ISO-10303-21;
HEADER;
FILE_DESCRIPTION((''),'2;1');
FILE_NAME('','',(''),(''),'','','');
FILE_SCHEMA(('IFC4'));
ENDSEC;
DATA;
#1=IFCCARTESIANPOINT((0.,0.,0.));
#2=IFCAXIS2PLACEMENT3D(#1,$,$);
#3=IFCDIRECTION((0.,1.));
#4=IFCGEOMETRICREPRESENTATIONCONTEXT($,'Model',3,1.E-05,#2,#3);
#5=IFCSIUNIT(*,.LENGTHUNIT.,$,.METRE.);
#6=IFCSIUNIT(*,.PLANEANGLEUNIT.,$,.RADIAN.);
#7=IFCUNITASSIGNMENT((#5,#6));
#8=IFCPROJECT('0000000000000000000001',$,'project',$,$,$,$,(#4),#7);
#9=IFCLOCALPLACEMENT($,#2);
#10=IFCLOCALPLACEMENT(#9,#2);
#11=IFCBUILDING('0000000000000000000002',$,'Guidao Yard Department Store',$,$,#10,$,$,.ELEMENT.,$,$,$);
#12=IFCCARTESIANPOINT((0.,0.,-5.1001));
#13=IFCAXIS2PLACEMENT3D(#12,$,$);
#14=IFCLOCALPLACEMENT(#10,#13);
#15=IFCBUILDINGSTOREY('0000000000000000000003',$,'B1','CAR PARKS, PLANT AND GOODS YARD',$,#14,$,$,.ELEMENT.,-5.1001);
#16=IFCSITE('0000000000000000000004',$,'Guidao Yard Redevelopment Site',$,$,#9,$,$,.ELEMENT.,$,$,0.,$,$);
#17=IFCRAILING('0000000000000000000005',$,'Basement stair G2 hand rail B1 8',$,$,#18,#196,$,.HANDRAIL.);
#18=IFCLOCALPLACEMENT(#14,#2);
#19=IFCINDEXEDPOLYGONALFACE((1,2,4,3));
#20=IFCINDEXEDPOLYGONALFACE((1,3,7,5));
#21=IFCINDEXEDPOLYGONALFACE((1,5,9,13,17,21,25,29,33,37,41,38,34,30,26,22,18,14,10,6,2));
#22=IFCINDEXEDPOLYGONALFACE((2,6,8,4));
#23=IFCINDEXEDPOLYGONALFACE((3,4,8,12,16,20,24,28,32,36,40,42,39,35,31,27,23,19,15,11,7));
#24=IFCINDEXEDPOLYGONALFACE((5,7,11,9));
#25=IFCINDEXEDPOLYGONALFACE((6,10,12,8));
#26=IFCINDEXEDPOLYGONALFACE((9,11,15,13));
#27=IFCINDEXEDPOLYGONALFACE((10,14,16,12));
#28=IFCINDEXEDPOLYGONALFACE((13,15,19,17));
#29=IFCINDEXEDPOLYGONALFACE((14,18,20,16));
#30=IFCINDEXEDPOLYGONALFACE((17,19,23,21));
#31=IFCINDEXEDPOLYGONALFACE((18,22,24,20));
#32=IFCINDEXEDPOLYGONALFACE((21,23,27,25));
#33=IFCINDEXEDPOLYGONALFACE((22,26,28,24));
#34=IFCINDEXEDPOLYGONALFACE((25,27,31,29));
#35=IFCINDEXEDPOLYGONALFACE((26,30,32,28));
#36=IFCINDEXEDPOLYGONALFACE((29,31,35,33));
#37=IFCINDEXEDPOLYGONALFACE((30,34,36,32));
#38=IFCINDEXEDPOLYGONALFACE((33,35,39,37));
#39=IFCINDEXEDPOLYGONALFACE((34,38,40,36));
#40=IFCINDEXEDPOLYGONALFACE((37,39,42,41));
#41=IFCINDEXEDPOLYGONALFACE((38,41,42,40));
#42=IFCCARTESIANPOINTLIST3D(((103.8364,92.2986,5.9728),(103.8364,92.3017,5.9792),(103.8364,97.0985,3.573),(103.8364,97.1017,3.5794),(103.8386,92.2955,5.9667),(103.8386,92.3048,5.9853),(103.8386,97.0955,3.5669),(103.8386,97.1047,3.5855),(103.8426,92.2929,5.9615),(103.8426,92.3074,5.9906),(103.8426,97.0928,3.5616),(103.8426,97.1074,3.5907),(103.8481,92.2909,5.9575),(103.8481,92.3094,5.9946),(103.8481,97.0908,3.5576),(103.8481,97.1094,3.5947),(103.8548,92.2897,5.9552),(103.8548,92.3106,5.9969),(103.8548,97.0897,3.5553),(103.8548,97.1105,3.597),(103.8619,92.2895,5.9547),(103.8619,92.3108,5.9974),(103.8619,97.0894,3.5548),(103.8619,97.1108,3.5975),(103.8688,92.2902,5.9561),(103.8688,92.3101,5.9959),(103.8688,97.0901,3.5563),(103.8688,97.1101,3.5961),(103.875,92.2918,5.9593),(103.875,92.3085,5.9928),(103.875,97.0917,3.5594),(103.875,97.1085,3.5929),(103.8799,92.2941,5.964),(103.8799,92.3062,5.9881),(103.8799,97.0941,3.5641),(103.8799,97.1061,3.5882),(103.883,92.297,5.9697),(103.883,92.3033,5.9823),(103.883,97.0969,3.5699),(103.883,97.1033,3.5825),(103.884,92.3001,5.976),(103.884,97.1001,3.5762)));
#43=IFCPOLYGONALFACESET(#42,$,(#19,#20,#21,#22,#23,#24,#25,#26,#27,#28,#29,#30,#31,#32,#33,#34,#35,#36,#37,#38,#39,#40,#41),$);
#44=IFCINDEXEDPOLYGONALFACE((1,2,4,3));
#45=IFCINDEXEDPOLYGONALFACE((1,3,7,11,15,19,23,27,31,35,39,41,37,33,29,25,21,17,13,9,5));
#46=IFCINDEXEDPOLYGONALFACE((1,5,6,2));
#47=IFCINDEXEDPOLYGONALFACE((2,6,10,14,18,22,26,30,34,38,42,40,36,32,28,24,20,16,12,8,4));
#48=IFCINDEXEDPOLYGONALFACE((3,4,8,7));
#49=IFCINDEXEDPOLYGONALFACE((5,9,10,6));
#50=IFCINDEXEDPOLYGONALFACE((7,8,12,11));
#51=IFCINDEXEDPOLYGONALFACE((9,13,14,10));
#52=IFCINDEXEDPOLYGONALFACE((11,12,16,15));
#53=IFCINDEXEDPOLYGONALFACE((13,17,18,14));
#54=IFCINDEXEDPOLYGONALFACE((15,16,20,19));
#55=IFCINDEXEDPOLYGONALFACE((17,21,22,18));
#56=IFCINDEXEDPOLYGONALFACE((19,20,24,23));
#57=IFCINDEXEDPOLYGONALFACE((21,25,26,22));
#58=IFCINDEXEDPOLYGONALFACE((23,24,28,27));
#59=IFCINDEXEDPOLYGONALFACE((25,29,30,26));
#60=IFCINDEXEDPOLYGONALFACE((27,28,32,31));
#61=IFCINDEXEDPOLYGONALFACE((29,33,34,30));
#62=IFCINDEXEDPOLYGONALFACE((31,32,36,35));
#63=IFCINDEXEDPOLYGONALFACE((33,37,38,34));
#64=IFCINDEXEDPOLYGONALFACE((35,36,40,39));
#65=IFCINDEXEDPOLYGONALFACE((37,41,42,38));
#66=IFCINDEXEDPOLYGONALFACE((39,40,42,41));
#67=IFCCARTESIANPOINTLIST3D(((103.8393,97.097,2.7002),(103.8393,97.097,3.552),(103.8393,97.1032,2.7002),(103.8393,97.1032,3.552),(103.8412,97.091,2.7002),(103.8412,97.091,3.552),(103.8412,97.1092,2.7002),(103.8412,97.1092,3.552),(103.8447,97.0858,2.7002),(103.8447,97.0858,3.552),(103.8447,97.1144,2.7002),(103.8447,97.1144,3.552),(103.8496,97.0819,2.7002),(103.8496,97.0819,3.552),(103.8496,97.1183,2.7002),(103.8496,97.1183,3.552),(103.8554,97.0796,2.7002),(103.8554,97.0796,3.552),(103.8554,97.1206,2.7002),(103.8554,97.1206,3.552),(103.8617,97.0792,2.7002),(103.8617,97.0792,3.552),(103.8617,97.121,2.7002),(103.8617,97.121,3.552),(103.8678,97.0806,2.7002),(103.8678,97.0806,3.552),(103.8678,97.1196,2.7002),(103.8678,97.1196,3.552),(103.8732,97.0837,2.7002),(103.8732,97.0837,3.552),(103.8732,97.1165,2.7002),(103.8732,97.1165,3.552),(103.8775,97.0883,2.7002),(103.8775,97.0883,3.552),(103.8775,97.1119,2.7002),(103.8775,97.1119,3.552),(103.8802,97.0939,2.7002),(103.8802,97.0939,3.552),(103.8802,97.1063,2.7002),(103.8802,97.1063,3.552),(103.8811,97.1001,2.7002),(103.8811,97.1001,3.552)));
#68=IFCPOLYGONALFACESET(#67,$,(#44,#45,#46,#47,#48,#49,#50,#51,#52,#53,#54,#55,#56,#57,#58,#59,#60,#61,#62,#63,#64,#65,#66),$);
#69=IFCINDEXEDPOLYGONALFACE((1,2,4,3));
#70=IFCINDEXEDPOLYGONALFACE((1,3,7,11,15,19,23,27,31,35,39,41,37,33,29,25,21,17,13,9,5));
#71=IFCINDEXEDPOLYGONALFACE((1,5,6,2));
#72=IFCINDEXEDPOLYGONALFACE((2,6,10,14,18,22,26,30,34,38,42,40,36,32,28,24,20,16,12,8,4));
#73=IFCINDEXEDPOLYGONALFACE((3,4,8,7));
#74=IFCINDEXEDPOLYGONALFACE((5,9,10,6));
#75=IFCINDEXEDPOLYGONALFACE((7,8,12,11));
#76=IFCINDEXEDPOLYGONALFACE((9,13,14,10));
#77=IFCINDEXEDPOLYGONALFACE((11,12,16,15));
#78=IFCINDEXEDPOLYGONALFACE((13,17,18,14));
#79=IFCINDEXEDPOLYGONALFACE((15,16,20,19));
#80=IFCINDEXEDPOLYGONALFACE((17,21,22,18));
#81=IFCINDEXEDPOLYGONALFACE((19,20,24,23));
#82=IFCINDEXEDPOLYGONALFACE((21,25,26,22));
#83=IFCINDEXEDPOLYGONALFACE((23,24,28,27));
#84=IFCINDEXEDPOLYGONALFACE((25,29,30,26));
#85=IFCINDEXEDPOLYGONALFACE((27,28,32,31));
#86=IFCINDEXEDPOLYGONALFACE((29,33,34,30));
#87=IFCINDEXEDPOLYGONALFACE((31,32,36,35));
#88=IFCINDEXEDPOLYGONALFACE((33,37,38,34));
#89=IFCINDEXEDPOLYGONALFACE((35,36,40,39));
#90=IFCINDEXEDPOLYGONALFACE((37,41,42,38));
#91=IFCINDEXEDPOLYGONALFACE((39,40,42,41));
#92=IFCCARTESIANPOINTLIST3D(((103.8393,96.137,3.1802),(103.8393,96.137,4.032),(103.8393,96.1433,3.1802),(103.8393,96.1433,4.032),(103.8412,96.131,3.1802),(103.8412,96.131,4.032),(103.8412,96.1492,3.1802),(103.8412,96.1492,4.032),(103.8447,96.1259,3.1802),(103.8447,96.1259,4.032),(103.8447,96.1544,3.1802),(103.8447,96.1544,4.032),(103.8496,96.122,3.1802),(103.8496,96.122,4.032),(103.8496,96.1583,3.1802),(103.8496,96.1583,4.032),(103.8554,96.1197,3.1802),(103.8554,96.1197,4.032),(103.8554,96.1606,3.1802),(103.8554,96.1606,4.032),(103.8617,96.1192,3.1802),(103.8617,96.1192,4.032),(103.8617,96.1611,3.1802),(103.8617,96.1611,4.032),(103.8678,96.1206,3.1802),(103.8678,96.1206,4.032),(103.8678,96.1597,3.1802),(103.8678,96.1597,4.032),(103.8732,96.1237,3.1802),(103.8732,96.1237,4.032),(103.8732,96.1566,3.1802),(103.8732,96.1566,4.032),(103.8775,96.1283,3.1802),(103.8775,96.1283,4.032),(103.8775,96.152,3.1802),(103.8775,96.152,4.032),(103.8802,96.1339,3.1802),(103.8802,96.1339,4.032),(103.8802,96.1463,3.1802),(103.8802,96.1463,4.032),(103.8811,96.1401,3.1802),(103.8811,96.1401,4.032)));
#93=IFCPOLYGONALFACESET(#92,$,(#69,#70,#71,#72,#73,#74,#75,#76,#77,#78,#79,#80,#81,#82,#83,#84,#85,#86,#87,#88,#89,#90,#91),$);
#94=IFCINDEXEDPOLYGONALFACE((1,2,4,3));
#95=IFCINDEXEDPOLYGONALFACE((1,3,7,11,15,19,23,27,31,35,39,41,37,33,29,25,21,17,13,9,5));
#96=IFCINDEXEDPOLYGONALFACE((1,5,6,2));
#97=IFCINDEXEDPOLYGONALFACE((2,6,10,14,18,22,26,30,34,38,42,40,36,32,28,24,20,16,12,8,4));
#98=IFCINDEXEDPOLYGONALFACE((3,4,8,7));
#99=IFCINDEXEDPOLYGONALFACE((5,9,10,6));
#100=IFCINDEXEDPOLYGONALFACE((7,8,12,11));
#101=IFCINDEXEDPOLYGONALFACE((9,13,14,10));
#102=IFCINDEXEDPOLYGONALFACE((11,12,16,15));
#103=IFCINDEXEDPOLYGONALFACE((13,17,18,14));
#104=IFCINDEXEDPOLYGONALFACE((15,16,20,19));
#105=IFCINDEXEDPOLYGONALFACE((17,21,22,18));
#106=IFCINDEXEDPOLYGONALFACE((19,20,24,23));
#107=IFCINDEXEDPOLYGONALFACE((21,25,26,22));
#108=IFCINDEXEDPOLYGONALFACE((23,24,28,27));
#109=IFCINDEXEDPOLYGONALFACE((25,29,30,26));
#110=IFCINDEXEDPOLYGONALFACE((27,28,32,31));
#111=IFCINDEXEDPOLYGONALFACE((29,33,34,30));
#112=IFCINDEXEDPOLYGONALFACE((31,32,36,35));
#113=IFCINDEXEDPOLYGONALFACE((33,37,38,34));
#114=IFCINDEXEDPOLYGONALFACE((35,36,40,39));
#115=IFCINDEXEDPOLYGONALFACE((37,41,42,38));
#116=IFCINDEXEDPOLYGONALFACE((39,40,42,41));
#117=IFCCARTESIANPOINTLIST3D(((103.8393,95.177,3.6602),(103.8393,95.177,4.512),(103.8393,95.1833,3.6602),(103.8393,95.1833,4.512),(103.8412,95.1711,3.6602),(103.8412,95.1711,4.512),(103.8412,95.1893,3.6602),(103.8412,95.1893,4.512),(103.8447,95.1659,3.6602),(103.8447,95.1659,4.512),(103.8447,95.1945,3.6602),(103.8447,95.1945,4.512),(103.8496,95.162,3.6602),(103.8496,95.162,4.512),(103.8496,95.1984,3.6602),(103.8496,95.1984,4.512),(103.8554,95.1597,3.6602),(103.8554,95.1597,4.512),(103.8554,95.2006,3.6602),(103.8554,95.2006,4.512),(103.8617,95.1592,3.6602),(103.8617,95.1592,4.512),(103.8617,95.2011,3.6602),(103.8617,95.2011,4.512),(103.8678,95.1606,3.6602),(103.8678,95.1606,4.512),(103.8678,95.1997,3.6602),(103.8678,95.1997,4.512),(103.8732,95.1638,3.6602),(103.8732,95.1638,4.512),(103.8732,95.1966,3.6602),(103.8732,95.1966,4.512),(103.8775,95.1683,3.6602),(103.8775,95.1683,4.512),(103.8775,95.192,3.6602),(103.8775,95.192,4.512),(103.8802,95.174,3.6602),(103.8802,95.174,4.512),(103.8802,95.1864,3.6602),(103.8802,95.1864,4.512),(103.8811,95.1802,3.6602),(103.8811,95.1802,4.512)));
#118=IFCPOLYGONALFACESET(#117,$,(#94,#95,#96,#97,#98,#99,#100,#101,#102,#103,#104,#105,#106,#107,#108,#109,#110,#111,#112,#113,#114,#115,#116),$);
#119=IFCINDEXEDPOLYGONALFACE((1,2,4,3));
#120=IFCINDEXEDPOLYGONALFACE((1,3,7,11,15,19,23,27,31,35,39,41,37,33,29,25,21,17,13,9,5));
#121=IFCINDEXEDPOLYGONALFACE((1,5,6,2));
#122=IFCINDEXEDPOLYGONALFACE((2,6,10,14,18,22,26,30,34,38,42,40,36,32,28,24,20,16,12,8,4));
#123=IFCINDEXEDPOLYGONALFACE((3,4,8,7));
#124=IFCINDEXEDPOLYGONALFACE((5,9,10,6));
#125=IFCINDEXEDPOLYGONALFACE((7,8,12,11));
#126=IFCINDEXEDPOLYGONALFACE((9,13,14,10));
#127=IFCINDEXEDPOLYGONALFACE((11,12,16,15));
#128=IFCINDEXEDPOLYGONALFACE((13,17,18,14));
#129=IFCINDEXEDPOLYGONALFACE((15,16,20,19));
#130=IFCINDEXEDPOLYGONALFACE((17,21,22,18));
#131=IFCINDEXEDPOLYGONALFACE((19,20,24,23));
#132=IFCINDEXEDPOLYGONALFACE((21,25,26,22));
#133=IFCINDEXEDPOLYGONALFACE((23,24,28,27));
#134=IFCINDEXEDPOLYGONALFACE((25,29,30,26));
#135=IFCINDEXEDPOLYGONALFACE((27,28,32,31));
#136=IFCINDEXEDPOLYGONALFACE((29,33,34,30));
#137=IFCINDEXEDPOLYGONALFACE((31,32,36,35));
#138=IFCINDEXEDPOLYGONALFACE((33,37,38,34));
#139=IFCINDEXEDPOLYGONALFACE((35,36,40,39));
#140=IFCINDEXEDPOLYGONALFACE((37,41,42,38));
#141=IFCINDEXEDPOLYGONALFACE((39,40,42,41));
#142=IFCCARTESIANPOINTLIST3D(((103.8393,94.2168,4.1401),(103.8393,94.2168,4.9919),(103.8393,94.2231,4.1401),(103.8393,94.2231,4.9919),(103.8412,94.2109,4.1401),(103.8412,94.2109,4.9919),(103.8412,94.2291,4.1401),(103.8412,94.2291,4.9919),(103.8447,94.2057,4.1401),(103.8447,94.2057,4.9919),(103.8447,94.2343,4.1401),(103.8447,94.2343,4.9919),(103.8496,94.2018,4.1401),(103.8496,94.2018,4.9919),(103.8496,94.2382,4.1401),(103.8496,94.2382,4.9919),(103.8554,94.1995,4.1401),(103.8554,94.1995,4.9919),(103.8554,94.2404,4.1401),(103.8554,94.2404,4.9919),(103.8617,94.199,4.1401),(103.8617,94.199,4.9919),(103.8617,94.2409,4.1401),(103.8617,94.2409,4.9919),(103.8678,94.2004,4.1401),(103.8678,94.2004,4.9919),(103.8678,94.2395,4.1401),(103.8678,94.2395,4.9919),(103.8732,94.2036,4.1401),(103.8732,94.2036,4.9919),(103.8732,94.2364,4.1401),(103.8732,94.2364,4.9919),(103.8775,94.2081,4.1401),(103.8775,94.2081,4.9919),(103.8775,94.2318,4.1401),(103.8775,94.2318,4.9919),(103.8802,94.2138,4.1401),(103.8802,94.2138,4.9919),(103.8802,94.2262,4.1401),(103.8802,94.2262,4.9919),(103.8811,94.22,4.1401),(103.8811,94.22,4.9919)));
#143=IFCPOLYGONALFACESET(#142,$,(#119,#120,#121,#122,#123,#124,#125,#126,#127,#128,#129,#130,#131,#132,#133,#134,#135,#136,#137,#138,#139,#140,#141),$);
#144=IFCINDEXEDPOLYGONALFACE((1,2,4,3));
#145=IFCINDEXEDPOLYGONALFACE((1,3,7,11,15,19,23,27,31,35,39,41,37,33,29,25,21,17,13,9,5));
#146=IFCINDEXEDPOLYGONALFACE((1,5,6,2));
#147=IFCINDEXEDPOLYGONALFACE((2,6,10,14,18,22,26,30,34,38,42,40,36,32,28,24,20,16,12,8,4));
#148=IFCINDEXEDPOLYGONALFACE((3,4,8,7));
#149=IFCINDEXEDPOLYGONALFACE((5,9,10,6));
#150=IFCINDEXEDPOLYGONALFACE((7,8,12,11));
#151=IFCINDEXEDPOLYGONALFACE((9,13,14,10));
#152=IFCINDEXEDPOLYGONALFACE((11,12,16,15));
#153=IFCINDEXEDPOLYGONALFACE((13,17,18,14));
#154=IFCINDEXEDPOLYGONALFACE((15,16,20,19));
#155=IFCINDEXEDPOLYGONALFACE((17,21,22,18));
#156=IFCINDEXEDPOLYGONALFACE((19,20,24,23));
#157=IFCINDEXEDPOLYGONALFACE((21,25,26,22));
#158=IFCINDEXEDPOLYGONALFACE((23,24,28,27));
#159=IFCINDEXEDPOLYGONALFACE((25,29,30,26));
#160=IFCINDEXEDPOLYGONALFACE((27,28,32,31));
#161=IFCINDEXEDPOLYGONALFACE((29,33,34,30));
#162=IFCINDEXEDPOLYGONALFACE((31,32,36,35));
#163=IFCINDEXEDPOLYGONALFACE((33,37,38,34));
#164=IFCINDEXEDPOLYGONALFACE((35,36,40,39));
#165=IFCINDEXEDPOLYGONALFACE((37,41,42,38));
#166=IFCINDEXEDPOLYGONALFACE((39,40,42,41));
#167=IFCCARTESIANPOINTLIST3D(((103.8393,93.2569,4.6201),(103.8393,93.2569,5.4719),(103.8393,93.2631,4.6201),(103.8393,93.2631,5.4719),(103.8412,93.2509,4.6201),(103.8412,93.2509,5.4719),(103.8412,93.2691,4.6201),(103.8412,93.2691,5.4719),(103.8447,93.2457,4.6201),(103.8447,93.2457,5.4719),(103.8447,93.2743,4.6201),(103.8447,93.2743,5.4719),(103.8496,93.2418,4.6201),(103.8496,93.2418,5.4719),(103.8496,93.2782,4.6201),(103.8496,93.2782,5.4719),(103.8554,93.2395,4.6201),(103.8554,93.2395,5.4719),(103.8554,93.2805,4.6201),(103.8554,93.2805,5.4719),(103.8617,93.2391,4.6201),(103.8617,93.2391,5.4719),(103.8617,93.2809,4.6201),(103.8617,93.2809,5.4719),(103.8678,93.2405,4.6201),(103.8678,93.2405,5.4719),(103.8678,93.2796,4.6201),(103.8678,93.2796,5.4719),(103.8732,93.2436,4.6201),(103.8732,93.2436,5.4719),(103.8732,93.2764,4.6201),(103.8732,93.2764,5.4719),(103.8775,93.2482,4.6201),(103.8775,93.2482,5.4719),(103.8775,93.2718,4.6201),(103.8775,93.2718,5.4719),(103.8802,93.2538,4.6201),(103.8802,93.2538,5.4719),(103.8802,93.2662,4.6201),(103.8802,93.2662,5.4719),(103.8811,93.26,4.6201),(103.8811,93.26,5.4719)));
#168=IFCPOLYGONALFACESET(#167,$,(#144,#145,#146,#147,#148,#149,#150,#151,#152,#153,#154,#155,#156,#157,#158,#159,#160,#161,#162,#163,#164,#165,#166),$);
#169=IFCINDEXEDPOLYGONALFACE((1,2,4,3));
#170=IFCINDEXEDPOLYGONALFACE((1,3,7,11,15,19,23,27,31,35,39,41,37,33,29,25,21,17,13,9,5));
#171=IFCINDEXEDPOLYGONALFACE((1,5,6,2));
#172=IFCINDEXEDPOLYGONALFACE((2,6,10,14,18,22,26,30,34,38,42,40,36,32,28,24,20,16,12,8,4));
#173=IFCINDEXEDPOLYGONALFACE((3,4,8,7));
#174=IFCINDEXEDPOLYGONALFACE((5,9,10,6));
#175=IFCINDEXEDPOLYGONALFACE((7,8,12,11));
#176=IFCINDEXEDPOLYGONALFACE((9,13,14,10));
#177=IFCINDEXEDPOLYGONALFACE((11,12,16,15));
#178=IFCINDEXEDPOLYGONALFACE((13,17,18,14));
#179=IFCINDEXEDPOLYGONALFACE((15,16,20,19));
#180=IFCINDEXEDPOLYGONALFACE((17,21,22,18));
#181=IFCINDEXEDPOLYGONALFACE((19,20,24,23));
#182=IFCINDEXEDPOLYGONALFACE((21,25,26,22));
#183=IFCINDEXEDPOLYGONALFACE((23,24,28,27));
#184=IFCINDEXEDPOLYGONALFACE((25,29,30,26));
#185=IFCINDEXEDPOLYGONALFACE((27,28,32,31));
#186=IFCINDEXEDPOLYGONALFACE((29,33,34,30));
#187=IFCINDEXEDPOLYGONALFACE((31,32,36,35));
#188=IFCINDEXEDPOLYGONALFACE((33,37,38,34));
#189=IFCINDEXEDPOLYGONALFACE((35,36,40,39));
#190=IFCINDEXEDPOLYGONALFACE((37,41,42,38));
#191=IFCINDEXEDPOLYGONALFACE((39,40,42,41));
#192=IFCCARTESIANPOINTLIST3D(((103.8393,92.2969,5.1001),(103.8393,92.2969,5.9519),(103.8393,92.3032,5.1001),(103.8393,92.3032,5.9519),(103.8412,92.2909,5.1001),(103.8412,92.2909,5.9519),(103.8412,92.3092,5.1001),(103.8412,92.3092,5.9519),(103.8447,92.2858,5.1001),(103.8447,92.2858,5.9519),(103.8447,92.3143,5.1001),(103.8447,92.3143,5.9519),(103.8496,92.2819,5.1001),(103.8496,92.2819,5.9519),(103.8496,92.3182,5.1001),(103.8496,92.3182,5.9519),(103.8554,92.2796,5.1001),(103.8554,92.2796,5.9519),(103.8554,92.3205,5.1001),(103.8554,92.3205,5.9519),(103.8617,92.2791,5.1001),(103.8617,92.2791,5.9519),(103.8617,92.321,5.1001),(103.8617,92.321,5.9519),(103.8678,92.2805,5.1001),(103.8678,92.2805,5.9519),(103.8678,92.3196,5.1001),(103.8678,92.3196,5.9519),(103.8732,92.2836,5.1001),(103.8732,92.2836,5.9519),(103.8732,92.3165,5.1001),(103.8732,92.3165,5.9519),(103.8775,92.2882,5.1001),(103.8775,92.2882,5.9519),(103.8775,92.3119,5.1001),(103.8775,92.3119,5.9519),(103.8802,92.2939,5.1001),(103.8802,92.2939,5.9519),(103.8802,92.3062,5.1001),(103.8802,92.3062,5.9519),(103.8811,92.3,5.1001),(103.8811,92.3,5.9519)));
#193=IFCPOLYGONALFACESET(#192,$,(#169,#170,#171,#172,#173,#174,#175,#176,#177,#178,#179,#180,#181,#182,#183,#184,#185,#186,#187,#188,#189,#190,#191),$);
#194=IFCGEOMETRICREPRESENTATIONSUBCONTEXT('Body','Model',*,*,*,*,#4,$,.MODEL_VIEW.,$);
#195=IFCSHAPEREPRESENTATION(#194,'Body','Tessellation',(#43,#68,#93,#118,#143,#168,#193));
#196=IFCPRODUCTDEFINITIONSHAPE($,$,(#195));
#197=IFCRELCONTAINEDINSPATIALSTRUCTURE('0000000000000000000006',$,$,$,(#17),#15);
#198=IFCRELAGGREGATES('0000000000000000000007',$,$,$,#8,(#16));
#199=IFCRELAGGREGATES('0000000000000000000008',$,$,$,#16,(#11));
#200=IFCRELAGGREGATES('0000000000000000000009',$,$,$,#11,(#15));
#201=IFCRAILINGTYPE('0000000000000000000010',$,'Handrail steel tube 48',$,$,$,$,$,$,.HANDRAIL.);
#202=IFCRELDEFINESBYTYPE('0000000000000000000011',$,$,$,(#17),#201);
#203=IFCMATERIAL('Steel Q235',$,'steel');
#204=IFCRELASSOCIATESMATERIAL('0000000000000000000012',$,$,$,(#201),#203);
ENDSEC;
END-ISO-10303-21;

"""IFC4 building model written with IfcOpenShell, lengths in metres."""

from ifc_helpers import new_model, si_unit, direction, frame, origin, origin_2d, place, context, subcontext, project, spatial, circle, extrude, material, type_object, element, save


model = new_model("IFC4")

# Units and contexts
model_context = context("Model", 3, precision=1e-05, world=origin(), true_north=direction((0.0, 1.0)))
body_context = subcontext(model_context, "Body", "Model", "MODEL_VIEW")
ifc_project = project(units=[si_unit("LENGTHUNIT", "METRE"), si_unit("PLANEANGLEUNIT", "RADIAN")], contexts=[model_context])

# Site, building, storey
site_placement = place(None, origin())
site = spatial("IfcSite", under=ifc_project, at=site_placement, Name="Guidao Yard Redevelopment Site", CompositionType="ELEMENT", RefElevation=0.0)
building_placement = place(site_placement, origin())
building = spatial("IfcBuilding", under=site, at=building_placement, Name="Guidao Yard Department Store", CompositionType="ELEMENT")
storey_placement = place(building_placement, frame((0.0, 0.0, -5.1001)))
storey = spatial("IfcBuildingStorey", under=building, at=storey_placement, Name="B1", Description="CAR PARKS, PLANT AND GOODS YARD", CompositionType="ELEMENT", Elevation=-5.1001)

# Railing
ifc_material_1 = material(Name="Steel Q235", Category="steel")
railing_type = type_object("IfcRailingType", Name="Handrail steel tube 48", PredefinedType="HANDRAIL", material=ifc_material_1)
for number, where, name in (
    (1, (103.8601, 97.1001, 2.7002), "Basement stair G2 hand rail B1 8"),
):
    element("IfcRailing", number, at=place(storey_placement, frame(where)), inside=storey, type_object=railing_type, Name=name, PredefinedType="HANDRAIL", context=body_context, shape_type="SweptSolid", body=[
        extrude(circle(Radius=0.0239, at=origin_2d()), frame((0.0, 0.0, 0.876), z_axis=(0.0, -0.894436, 0.447195), x_axis=(1.0, 0.0, 0.0)), (0.0, 0.0, 1.0), 5.3665),
        extrude(circle(Radius=0.021, at=origin_2d()), origin(), (0.0, 0.0, 1.0), 0.8518),
        extrude(circle(Radius=0.021, at=origin_2d()), frame((0.0, -0.96, 0.48)), (0.0, 0.0, 1.0), 0.8518),
        extrude(circle(Radius=0.021, at=origin_2d()), frame((0.0, -1.9199, 0.96)), (0.0, 0.0, 1.0), 0.8518),
        extrude(circle(Radius=0.021, at=origin_2d()), frame((0.0, -2.8801, 1.4399)), (0.0, 0.0, 1.0), 0.8518),
        extrude(circle(Radius=0.021, at=origin_2d()), frame((0.0, -3.8401, 1.9199)), (0.0, 0.0, 1.0), 0.8518),
        extrude(circle(Radius=0.021, at=origin_2d()), frame((0.0, -4.8, 2.3999)), (0.0, 0.0, 1.0), 0.8518),
    ])

save(model, "model.ifc")
